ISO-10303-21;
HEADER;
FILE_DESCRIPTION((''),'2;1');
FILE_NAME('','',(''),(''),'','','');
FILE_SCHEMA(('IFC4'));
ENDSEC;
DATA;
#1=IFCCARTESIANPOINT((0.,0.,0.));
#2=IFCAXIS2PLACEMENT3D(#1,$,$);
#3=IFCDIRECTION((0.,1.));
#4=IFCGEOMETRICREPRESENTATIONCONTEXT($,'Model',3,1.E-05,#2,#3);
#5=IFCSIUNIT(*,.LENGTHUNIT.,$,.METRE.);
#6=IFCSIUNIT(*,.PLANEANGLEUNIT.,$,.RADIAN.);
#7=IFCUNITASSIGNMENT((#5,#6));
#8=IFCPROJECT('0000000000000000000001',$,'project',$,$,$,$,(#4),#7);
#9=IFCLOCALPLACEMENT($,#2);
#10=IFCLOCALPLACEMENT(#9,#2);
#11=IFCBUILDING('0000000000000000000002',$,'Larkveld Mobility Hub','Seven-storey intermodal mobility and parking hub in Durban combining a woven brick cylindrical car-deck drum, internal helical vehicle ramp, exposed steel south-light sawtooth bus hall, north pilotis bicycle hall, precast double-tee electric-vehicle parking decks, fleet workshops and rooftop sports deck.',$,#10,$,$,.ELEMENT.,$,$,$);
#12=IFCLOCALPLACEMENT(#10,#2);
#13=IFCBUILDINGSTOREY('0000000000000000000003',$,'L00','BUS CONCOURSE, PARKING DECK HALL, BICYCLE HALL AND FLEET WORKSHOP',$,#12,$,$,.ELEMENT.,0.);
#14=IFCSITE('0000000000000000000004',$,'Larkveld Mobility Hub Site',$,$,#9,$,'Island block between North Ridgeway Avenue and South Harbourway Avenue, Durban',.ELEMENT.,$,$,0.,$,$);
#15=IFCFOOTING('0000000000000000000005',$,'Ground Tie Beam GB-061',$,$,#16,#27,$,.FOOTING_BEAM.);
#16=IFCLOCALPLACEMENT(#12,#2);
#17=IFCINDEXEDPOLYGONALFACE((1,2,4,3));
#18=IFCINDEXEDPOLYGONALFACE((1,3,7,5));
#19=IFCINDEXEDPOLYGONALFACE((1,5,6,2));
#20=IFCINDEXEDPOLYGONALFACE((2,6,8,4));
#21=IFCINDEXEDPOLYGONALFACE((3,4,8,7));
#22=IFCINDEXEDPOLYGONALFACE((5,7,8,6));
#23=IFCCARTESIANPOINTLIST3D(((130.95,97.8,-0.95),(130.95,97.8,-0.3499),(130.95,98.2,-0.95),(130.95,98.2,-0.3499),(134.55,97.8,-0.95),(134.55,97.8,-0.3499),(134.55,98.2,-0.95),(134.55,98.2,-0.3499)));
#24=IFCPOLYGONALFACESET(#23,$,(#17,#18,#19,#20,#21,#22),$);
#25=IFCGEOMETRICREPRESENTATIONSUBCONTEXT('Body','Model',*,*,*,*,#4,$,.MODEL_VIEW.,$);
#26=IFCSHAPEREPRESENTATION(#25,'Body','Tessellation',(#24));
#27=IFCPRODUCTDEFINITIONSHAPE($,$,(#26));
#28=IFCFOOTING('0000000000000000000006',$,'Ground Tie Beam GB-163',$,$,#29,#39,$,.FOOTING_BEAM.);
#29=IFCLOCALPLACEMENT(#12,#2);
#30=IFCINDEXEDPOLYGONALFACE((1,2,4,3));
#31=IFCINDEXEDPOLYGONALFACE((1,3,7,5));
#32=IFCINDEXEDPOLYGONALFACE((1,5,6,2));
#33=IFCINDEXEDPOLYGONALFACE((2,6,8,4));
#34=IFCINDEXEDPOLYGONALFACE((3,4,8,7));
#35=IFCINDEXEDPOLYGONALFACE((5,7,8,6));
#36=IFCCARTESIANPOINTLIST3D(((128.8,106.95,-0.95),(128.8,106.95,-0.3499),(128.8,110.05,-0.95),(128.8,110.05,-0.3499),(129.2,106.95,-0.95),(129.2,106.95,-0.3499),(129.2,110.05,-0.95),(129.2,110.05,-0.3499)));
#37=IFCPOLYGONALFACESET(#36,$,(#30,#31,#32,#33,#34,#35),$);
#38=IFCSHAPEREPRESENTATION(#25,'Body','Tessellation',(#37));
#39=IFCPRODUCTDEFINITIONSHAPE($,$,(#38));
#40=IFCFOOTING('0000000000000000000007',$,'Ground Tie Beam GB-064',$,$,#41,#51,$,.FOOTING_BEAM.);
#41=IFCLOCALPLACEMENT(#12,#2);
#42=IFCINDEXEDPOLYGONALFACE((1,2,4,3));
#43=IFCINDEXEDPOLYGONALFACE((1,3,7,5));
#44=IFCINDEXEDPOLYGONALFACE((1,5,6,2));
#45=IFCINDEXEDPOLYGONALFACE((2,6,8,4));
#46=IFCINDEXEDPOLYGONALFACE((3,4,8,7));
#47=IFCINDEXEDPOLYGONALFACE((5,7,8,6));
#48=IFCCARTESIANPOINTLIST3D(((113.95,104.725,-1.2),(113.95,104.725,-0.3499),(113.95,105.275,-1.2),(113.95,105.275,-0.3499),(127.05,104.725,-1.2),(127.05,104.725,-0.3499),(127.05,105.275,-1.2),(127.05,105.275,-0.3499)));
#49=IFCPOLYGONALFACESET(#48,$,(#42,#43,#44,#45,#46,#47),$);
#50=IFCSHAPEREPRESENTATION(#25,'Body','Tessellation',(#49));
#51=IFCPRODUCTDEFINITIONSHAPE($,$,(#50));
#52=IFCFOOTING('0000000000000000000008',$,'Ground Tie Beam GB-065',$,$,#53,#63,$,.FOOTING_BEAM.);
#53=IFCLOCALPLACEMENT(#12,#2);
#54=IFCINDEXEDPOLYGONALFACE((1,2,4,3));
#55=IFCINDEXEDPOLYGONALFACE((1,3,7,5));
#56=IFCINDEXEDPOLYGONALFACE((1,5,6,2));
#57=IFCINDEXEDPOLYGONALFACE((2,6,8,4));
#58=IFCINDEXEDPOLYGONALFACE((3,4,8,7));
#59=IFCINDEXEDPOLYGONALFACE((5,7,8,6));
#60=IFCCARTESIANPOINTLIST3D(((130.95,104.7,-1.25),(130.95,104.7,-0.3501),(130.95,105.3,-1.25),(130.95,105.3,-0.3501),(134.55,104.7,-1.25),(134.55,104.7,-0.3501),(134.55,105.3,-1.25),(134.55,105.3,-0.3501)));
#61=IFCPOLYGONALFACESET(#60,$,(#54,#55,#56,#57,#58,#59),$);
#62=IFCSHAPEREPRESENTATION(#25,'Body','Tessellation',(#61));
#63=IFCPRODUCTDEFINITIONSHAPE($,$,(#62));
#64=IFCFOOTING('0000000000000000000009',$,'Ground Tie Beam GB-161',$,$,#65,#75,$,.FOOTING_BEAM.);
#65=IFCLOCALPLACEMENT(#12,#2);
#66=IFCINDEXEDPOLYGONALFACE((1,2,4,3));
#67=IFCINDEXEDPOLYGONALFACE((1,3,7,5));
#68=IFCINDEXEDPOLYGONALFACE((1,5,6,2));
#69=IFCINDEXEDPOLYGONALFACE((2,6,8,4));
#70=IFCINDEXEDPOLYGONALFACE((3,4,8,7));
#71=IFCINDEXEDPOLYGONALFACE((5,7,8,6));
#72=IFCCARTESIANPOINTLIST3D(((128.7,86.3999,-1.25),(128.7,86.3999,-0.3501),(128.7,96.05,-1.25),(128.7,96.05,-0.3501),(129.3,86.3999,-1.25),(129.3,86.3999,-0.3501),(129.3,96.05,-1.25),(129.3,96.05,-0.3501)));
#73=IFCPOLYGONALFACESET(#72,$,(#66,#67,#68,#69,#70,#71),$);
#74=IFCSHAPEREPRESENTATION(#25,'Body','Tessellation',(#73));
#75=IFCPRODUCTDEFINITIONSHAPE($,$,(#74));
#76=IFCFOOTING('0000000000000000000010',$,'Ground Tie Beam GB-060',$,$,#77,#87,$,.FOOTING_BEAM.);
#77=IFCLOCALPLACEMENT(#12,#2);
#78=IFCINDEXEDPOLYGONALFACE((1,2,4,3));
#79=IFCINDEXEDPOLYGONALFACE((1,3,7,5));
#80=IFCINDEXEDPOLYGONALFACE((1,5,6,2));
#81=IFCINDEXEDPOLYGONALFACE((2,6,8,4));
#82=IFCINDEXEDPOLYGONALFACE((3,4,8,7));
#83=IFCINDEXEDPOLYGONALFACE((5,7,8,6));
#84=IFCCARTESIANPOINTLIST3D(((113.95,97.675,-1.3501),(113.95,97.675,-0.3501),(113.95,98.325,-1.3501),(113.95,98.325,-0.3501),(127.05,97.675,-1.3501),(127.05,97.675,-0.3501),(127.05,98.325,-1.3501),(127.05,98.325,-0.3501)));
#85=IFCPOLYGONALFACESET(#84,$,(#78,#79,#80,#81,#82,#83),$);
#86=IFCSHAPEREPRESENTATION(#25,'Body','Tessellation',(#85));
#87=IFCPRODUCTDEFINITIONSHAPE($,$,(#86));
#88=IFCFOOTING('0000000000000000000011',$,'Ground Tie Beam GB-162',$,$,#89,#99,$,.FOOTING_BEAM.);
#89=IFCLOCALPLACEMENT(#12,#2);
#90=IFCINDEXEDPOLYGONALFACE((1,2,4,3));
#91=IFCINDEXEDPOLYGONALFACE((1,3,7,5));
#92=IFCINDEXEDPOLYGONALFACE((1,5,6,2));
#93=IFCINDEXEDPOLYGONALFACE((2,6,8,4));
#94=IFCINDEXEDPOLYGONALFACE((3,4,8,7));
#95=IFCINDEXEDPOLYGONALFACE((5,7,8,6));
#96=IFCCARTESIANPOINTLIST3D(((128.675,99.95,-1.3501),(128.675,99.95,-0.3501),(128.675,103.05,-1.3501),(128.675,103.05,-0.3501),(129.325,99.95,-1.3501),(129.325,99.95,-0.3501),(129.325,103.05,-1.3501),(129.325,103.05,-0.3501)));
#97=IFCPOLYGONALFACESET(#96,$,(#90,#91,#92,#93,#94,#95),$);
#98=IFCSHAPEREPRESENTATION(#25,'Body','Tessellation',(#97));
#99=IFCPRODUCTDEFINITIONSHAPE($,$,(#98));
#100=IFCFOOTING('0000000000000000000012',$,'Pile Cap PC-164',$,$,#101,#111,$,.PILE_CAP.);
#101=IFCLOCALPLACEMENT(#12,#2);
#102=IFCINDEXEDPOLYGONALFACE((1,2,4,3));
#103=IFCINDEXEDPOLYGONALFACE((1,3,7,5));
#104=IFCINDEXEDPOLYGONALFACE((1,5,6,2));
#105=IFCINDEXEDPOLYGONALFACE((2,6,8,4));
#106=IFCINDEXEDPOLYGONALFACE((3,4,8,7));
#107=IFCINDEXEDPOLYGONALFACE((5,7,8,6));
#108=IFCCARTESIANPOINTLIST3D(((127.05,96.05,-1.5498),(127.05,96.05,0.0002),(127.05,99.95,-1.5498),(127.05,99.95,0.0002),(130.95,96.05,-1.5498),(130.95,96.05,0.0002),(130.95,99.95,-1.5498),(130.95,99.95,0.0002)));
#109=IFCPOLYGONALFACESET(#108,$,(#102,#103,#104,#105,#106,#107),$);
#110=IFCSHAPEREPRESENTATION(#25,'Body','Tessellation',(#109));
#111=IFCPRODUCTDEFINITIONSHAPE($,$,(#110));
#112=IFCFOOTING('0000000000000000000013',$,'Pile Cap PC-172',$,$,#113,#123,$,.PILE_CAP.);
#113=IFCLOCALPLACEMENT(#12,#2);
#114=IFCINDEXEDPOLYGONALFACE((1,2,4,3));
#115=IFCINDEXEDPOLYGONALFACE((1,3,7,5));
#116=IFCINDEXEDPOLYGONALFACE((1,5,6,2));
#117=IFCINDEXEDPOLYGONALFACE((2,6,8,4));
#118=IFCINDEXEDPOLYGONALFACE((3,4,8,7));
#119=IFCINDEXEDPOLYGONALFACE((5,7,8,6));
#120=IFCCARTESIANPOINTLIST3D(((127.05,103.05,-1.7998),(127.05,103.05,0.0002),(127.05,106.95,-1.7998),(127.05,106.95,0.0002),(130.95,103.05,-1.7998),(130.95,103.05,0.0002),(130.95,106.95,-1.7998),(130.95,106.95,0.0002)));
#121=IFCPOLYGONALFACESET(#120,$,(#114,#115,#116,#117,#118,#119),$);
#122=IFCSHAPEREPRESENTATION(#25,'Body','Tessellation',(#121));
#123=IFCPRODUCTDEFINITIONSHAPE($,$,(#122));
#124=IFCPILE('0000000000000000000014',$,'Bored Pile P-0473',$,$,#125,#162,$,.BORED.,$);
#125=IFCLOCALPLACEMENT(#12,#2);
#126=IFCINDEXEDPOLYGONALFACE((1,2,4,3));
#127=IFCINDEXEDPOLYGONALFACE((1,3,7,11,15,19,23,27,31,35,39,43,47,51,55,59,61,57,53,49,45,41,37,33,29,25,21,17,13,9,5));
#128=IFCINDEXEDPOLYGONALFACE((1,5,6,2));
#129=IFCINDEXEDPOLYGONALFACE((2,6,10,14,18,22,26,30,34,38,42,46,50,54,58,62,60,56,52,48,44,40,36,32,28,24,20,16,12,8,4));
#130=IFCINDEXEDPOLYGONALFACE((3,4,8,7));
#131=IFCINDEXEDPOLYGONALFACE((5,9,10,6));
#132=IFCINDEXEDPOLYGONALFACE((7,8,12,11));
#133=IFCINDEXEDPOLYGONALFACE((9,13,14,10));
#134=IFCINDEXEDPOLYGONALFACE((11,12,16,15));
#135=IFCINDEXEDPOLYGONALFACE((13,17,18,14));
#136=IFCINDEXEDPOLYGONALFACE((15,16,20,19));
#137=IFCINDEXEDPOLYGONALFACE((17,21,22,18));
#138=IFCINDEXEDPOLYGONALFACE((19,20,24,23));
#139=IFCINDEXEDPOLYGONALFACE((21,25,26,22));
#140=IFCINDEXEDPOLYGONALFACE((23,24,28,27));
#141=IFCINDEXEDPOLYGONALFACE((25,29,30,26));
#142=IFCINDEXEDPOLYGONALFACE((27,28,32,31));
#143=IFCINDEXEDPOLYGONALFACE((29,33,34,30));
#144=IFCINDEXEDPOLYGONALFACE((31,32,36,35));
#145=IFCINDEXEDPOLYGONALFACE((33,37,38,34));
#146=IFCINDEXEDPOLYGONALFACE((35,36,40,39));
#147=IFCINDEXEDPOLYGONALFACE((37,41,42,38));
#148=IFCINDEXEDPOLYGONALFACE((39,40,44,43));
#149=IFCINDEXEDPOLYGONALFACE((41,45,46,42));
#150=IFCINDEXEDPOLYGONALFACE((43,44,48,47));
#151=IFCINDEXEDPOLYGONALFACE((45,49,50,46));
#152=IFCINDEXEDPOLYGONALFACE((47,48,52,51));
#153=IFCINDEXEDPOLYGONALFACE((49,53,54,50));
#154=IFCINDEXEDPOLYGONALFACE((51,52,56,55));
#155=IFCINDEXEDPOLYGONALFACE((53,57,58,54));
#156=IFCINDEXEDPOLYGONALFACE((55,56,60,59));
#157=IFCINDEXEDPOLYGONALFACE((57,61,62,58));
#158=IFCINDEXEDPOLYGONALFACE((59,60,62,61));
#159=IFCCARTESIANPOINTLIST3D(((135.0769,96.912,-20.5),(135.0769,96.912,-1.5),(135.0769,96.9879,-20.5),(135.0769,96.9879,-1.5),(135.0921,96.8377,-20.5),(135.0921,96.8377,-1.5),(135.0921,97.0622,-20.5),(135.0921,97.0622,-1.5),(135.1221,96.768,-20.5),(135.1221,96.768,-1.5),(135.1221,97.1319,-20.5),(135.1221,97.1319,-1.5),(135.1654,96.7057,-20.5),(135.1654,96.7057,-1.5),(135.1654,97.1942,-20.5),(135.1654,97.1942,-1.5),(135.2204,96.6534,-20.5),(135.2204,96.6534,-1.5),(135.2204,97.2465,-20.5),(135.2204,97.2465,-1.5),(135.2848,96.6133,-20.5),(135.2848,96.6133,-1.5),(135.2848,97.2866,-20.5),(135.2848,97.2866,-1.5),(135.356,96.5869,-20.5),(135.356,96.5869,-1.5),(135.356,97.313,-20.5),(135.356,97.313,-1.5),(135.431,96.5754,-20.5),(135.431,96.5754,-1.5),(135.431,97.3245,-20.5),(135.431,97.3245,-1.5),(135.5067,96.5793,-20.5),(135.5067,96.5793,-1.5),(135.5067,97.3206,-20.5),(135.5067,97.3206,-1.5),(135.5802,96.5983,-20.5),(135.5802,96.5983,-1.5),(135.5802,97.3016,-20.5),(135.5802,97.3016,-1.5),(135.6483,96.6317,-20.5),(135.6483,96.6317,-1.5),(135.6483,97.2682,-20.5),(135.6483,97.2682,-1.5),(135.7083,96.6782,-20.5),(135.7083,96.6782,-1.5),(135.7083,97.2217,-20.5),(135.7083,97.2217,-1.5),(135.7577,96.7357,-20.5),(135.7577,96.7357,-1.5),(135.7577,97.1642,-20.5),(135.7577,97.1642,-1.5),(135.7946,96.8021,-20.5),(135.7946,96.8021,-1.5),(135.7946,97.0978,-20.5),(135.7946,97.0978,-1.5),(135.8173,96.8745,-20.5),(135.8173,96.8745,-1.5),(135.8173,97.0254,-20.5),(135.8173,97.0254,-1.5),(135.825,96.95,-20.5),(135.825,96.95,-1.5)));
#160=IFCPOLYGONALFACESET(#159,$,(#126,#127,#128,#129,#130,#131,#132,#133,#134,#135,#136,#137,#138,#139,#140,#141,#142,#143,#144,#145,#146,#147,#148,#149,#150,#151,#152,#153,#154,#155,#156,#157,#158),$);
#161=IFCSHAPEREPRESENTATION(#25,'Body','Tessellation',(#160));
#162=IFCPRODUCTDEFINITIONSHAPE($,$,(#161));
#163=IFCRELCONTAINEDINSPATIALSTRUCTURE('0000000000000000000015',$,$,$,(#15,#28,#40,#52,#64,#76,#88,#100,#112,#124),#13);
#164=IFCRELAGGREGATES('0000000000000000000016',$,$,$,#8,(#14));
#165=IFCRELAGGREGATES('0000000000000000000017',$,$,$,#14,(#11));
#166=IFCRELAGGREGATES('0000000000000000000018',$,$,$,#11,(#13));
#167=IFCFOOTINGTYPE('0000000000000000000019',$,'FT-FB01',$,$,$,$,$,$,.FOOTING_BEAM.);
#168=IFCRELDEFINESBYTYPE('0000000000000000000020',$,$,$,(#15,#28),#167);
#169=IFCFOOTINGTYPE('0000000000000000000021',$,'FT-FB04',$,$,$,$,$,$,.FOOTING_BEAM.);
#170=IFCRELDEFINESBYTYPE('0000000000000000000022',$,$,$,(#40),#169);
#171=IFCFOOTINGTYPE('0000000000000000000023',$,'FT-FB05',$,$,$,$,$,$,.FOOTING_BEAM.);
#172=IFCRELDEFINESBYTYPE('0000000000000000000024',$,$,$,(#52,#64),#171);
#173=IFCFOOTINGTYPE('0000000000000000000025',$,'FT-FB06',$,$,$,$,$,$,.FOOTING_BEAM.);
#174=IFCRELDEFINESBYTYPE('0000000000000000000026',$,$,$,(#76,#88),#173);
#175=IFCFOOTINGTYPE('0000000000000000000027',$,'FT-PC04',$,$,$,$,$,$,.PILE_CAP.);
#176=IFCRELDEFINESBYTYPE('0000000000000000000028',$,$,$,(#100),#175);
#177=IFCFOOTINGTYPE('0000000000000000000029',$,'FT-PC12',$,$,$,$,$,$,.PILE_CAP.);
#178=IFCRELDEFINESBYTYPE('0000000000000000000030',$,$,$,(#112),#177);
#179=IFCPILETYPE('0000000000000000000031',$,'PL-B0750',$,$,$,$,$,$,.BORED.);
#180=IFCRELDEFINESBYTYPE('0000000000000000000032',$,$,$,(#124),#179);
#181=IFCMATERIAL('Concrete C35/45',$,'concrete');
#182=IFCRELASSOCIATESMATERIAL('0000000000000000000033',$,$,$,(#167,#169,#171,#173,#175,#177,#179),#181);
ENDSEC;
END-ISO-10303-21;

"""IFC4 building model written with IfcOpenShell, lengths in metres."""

from ifc_helpers import new_model, si_unit, direction, frame, origin, origin_2d, place, context, subcontext, project, spatial, rectangle, circle, extrude, material, material_profile, profile_set, type_object, element, save


model = new_model("IFC4")

# Units and contexts
model_context = context("Model", 3, precision=1e-05, world=origin(), true_north=direction((0.0, 1.0)))
body_context = subcontext(model_context, "Body", "Model", "MODEL_VIEW")
ifc_project = project(units=[si_unit("LENGTHUNIT", "METRE"), si_unit("PLANEANGLEUNIT", "RADIAN")], contexts=[model_context])

# Site, building, storey
site_placement = place(None, origin())
site = spatial("IfcSite", under=ifc_project, at=site_placement, Name="Larkveld Mobility Hub Site", LongName="Island block between North Ridgeway Avenue and South Harbourway Avenue, Durban", CompositionType="ELEMENT", RefElevation=0.0)
building_placement = place(site_placement, origin())
building = spatial("IfcBuilding", under=site, at=building_placement, Name="Larkveld Mobility Hub", Description="Seven-storey intermodal mobility and parking hub in Durban combining a woven brick cylindrical car-deck drum, internal helical vehicle ramp, exposed steel south-light sawtooth bus hall, north pilotis bicycle hall, precast double-tee electric-vehicle parking decks, fleet workshops and rooftop sports deck.", CompositionType="ELEMENT")
storey_placement = place(building_placement, origin())
storey = spatial("IfcBuildingStorey", under=building, at=storey_placement, Name="L00", Description="BUS CONCOURSE, PARKING DECK HALL, BICYCLE HALL AND FLEET WORKSHOP", CompositionType="ELEMENT", Elevation=0.0)

# Footings
ifc_material_1 = material(Name="Concrete C35/45", Category="concrete")
ifc_material_profile_1 = material_profile(ifc_material_1, rectangle(XDim=0.3999, YDim=0.6001, at=origin_2d()), Name="RC BM 400x600")
ifc_profile_set_1 = profile_set([ifc_material_profile_1], Name="Concrete C35/45")
footing_type_1 = type_object("IfcFootingType", Name="FT-FB01", PredefinedType="FOOTING_BEAM", material=ifc_profile_set_1)
footing_1_placement = place(storey_placement, frame((130.95, 98.0, -0.6499), z_axis=(1.0, 0.0, 0.0), x_axis=(0.0, 1.0, 0.0)))
element("IfcFooting", 1, at=footing_1_placement, inside=storey, type_object=footing_type_1, Name="Ground Tie Beam GB-061", PredefinedType="FOOTING_BEAM", context=body_context, shape_type="SweptSolid", body=[
    extrude(rectangle(XDim=0.3999, YDim=0.6001, at=origin_2d()), origin(), (0.0, 0.0, 1.0), 3.6001),
])
footing_2_placement = place(storey_placement, frame((129.0, 106.95, -0.6499), z_axis=(0.0, 1.0, 0.0), x_axis=(-1.0, 0.0, 0.0)))
element("IfcFooting", 2, at=footing_2_placement, inside=storey, type_object=footing_type_1, Name="Ground Tie Beam GB-163", PredefinedType="FOOTING_BEAM", context=body_context, shape_type="SweptSolid", body=[
    extrude(rectangle(XDim=0.3999, YDim=0.6001, at=origin_2d()), origin(), (0.0, 0.0, 1.0), 3.1001),
])
ifc_material_profile_2 = material_profile(ifc_material_1, rectangle(XDim=0.55, YDim=0.8501, at=origin_2d()), Name="RC BM 550x850")
ifc_profile_set_2 = profile_set([ifc_material_profile_2], Name="Concrete C35/45")
footing_type_2 = type_object("IfcFootingType", Name="FT-FB04", PredefinedType="FOOTING_BEAM", material=ifc_profile_set_2)
footing_3_placement = place(storey_placement, frame((113.95, 105.0, -0.7749), z_axis=(1.0, 0.0, 0.0), x_axis=(0.0, 1.0, 0.0)))
element("IfcFooting", 3, at=footing_3_placement, inside=storey, type_object=footing_type_2, Name="Ground Tie Beam GB-064", PredefinedType="FOOTING_BEAM", context=body_context, shape_type="SweptSolid", body=[
    extrude(rectangle(XDim=0.55, YDim=0.8501, at=origin_2d()), origin(), (0.0, 0.0, 1.0), 13.1001),
])
ifc_material_profile_3 = material_profile(ifc_material_1, rectangle(XDim=0.6001, YDim=0.8999, at=origin_2d()), Name="RC BM 600x900")
ifc_profile_set_3 = profile_set([ifc_material_profile_3], Name="Concrete C35/45")
footing_type_3 = type_object("IfcFootingType", Name="FT-FB05", PredefinedType="FOOTING_BEAM", material=ifc_profile_set_3)
footing_4_placement = place(storey_placement, frame((130.95, 105.0, -0.8), z_axis=(1.0, 0.0, 0.0), x_axis=(0.0, 1.0, 0.0)))
element("IfcFooting", 4, at=footing_4_placement, inside=storey, type_object=footing_type_3, Name="Ground Tie Beam GB-065", PredefinedType="FOOTING_BEAM", context=body_context, shape_type="SweptSolid", body=[
    extrude(rectangle(XDim=0.6001, YDim=0.8999, at=origin_2d()), origin(), (0.0, 0.0, 1.0), 3.6001),
])
footing_5_placement = place(storey_placement, frame((129.0, 86.3999, -0.8), z_axis=(0.0, 1.0, 0.0), x_axis=(-1.0, 0.0, 0.0)))
element("IfcFooting", 5, at=footing_5_placement, inside=storey, type_object=footing_type_3, Name="Ground Tie Beam GB-161", PredefinedType="FOOTING_BEAM", context=body_context, shape_type="SweptSolid", body=[
    extrude(rectangle(XDim=0.6001, YDim=0.8999, at=origin_2d()), origin(), (0.0, 0.0, 1.0), 9.6501),
])
ifc_material_profile_4 = material_profile(ifc_material_1, rectangle(XDim=0.6499, YDim=1.0, at=origin_2d()), Name="RC BM 650x1000")
ifc_profile_set_4 = profile_set([ifc_material_profile_4], Name="Concrete C35/45")
footing_type_4 = type_object("IfcFootingType", Name="FT-FB06", PredefinedType="FOOTING_BEAM", material=ifc_profile_set_4)
footing_6_placement = place(storey_placement, frame((113.95, 98.0, -0.8501), z_axis=(1.0, 0.0, 0.0), x_axis=(0.0, 1.0, 0.0)))
element("IfcFooting", 6, at=footing_6_placement, inside=storey, type_object=footing_type_4, Name="Ground Tie Beam GB-060", PredefinedType="FOOTING_BEAM", context=body_context, shape_type="SweptSolid", body=[
    extrude(rectangle(XDim=0.6499, YDim=1.0, at=origin_2d()), origin(), (0.0, 0.0, 1.0), 13.1001),
])
footing_7_placement = place(storey_placement, frame((129.0, 99.95, -0.8501), z_axis=(0.0, 1.0, 0.0), x_axis=(-1.0, 0.0, 0.0)))
element("IfcFooting", 7, at=footing_7_placement, inside=storey, type_object=footing_type_4, Name="Ground Tie Beam GB-162", PredefinedType="FOOTING_BEAM", context=body_context, shape_type="SweptSolid", body=[
    extrude(rectangle(XDim=0.6499, YDim=1.0, at=origin_2d()), origin(), (0.0, 0.0, 1.0), 3.1001),
])
footing_type_5 = type_object("IfcFootingType", Name="FT-PC04", PredefinedType="PILE_CAP", material=ifc_material_1)
footing_8_placement = place(storey_placement, frame((129.0, 98.0, -1.5498), z_axis=(0.0, 0.0, 1.0), x_axis=(1.0, 0.0, 0.0)))
element("IfcFooting", 8, at=footing_8_placement, inside=storey, type_object=footing_type_5, Name="Pile Cap PC-164", PredefinedType="PILE_CAP", context=body_context, shape_type="SweptSolid", body=[
    extrude(rectangle(XDim=3.8999, YDim=3.8999, at=origin_2d()), origin(), (0.0, 0.0, 1.0), 1.55),
])
footing_type_6 = type_object("IfcFootingType", Name="FT-PC12", PredefinedType="PILE_CAP", material=ifc_material_1)
footing_9_placement = place(storey_placement, frame((129.0, 105.0, -1.7998), z_axis=(0.0, 0.0, 1.0), x_axis=(1.0, 0.0, 0.0)))
element("IfcFooting", 9, at=footing_9_placement, inside=storey, type_object=footing_type_6, Name="Pile Cap PC-172", PredefinedType="PILE_CAP", context=body_context, shape_type="SweptSolid", body=[
    extrude(rectangle(XDim=3.8999, YDim=3.8999, at=origin_2d()), origin(), (0.0, 0.0, 1.0), 1.8),
])

# Pile
ifc_material_profile_5 = material_profile(ifc_material_1, circle(Radius=0.375, at=origin_2d()), Name="PILE D750")
ifc_profile_set_5 = profile_set([ifc_material_profile_5], Name="Concrete C35/45")
pile_type_1 = type_object("IfcPileType", Name="PL-B0750", PredefinedType="BORED", material=ifc_profile_set_5)
for number, where, z_axis, x_axis, name in (
    (10, (135.45, 96.95, -1.5), (0.0, 0.0, -1.0), (1.0, 0.0, 0.0), "Bored Pile P-0473"),
):
    element("IfcPile", number, at=place(storey_placement, frame(where, z_axis=z_axis, x_axis=x_axis)), inside=storey, type_object=pile_type_1, Name=name, PredefinedType="BORED", context=body_context, shape_type="SweptSolid", body=[
        extrude(circle(Radius=0.375, at=origin_2d()), origin(), (0.0, 0.0, 1.0), 19.0),
    ])

save(model, "model.ifc")
